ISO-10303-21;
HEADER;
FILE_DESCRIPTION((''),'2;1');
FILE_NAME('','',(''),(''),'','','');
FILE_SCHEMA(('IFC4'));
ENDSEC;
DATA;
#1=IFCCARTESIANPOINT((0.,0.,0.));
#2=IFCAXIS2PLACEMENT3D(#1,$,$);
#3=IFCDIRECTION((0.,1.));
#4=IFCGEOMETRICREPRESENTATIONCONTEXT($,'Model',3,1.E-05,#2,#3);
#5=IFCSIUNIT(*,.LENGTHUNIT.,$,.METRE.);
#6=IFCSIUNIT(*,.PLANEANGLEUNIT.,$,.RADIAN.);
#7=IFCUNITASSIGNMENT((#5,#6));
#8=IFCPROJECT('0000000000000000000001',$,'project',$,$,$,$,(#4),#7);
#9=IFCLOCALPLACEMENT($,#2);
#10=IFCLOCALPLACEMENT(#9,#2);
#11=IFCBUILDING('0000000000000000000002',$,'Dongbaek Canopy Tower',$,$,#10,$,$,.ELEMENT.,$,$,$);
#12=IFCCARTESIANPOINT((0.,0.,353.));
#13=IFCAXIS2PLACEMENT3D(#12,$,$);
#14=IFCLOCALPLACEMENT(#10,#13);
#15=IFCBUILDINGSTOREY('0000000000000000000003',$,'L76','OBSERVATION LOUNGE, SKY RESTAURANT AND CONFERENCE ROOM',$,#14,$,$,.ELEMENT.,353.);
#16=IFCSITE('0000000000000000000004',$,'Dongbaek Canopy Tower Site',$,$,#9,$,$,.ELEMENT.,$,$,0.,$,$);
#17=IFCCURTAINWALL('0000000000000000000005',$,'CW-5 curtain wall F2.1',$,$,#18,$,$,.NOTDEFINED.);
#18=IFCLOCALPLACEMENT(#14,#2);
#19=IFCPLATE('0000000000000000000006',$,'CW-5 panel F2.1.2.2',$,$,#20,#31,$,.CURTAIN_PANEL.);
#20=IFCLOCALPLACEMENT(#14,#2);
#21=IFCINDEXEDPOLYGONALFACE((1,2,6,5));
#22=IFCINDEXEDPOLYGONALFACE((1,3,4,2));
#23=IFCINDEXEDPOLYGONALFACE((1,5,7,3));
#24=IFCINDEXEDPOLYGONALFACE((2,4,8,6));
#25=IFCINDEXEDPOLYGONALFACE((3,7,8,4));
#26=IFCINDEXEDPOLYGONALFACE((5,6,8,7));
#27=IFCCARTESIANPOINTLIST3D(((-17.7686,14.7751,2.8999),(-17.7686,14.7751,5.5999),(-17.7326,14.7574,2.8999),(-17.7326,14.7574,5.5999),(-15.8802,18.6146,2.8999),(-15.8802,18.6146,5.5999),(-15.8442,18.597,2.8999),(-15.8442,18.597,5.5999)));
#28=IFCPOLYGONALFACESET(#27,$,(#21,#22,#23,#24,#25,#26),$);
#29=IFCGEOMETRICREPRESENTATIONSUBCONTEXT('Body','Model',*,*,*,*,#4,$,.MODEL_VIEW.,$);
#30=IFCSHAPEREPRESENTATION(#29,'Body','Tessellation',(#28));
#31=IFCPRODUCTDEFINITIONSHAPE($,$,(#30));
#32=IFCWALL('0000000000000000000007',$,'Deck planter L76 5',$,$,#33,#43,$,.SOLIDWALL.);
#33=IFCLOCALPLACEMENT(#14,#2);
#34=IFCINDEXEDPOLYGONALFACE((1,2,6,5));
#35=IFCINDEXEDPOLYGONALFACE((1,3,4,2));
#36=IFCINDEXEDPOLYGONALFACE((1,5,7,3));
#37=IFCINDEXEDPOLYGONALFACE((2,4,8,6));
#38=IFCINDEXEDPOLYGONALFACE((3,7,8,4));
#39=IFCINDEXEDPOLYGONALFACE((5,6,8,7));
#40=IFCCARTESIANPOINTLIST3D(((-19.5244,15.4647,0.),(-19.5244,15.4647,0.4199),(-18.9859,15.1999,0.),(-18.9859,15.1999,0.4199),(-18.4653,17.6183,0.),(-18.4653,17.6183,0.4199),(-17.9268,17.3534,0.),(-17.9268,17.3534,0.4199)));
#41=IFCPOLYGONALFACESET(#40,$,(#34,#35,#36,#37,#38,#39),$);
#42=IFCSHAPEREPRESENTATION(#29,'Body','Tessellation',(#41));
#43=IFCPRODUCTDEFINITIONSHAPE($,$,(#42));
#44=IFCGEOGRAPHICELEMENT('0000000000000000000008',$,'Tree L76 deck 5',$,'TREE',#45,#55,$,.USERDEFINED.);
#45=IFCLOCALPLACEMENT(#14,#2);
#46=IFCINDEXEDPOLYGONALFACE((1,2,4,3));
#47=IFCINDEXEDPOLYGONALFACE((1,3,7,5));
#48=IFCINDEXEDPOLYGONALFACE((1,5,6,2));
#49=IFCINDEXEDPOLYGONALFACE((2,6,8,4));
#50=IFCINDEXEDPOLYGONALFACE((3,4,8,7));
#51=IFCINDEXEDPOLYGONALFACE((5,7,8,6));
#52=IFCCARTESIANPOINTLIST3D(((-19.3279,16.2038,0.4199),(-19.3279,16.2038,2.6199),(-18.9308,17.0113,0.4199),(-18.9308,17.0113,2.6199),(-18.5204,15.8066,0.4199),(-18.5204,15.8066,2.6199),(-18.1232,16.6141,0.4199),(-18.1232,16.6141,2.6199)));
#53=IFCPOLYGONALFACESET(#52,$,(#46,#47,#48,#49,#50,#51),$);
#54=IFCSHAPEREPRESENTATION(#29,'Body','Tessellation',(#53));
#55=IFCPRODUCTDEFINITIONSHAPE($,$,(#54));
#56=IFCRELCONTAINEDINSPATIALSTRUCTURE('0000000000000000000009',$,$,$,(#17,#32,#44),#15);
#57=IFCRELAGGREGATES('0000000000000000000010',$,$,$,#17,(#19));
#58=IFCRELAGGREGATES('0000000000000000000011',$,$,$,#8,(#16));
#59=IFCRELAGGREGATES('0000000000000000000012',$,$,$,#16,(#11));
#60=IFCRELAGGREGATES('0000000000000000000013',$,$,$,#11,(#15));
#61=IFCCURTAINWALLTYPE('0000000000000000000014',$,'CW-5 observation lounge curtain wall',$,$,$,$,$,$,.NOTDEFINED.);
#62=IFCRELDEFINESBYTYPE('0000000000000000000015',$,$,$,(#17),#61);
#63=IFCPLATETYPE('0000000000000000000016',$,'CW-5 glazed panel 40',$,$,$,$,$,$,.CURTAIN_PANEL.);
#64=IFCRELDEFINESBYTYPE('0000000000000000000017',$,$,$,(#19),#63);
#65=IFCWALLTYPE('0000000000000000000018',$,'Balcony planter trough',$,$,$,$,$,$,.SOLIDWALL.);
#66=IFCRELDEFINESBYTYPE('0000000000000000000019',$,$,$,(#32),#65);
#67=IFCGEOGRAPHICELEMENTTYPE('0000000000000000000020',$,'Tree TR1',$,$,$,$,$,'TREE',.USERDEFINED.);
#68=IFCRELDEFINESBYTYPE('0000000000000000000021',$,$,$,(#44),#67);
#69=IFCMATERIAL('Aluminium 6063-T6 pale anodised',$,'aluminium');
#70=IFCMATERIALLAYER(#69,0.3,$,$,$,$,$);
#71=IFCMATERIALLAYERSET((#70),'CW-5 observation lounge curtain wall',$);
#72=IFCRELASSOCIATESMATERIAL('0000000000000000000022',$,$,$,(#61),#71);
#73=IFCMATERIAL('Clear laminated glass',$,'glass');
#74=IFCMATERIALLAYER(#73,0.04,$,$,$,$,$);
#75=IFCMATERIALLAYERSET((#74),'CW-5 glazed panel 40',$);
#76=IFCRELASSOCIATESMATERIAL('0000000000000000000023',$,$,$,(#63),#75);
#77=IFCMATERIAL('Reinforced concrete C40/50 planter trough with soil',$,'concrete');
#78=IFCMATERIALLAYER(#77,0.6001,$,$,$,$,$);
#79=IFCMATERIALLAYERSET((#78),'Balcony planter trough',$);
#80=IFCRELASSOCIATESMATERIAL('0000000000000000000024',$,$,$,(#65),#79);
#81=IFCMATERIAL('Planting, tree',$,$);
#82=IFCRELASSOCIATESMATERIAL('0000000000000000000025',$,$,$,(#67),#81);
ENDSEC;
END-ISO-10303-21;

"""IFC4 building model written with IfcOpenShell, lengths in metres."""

from ifc_helpers import new_model, si_unit, direction, frame, frame_2d, origin, origin_2d, place, context, subcontext, project, spatial, rectangle, extrude, material, layer, layer_set, type_object, element, aggregate, save


model = new_model("IFC4")

# Units and contexts
model_context = context("Model", 3, precision=1e-05, world=origin(), true_north=direction((0.0, 1.0)))
body_context = subcontext(model_context, "Body", "Model", "MODEL_VIEW")
ifc_project = project(units=[si_unit("LENGTHUNIT", "METRE"), si_unit("PLANEANGLEUNIT", "RADIAN")], contexts=[model_context])

# Site, building, storey
site_placement = place(None, origin())
site = spatial("IfcSite", under=ifc_project, at=site_placement, Name="Dongbaek Canopy Tower Site", CompositionType="ELEMENT", RefElevation=0.0)
building_placement = place(site_placement, origin())
building = spatial("IfcBuilding", under=site, at=building_placement, Name="Dongbaek Canopy Tower", CompositionType="ELEMENT")
storey_placement = place(building_placement, frame((0.0, 0.0, 353.0)))
storey = spatial("IfcBuildingStorey", under=building, at=storey_placement, Name="L76", Description="OBSERVATION LOUNGE, SKY RESTAURANT AND CONFERENCE ROOM", CompositionType="ELEMENT", Elevation=353.0)

# Curtain wall
ifc_material_1 = material(Name="Aluminium 6063-T6 pale anodised", Category="aluminium")
ifc_layer_1 = layer(ifc_material_1, 0.3)
ifc_layer_set_1 = layer_set([ifc_layer_1], Name="CW-5 observation lounge curtain wall")
curtain_wall_type = type_object("IfcCurtainWallType", Name="CW-5 observation lounge curtain wall", PredefinedType="NOTDEFINED", material=ifc_layer_set_1)
curtain_wall_1_placement = place(storey_placement, origin())
curtain_wall_1 = element("IfcCurtainWall", 1, at=curtain_wall_1_placement, inside=storey, type_object=curtain_wall_type, Name="CW-5 curtain wall F2.1", PredefinedType="NOTDEFINED")

# Plate
ifc_material_2 = material(Name="Clear laminated glass", Category="glass")
ifc_layer_2 = layer(ifc_material_2, 0.04)
ifc_layer_set_2 = layer_set([ifc_layer_2], Name="CW-5 glazed panel 40")
plate_type = type_object("IfcPlateType", Name="CW-5 glazed panel 40", PredefinedType="CURTAIN_PANEL", material=ifc_layer_set_2)
plate_1_placement = place(storey_placement, frame((-16.8064, 16.686, 2.8999), z_axis=(0.0, 0.0, 1.0), x_axis=(-0.441342, -0.897339, 0.0)))
plate_1 = element("IfcPlate", 2, at=plate_1_placement, type_object=plate_type, Name="CW-5 panel F2.1.2.2", PredefinedType="CURTAIN_PANEL", context=body_context, shape_type="SweptSolid", body=[
    extrude(rectangle(XDim=4.2788, YDim=0.04, at=origin_2d()), origin(), (0.0, 0.0, 1.0), 2.7),
])
aggregate(curtain_wall_1, [plate_1])

# Wall
ifc_material_3 = material(Name="Reinforced concrete C40/50 planter trough with soil", Category="concrete")
ifc_layer_3 = layer(ifc_material_3, 0.6001)
ifc_layer_set_3 = layer_set([ifc_layer_3], Name="Balcony planter trough")
wall_type = type_object("IfcWallType", Name="Balcony planter trough", PredefinedType="SOLIDWALL", material=ifc_layer_set_3)
wall_placement = place(storey_placement, frame((-18.196, 17.4858, 0.0), z_axis=(0.0, 0.0, 1.0), x_axis=(-0.441304, -0.897358, 0.0)))
element("IfcWall", 3, at=wall_placement, inside=storey, type_object=wall_type, Name="Deck planter L76 5", PredefinedType="SOLIDWALL", context=body_context, shape_type="SweptSolid", body=[
    extrude(rectangle(XDim=2.3999, YDim=0.6001, at=frame_2d((1.2, 0.0))), origin(), (0.0, 0.0, 1.0), 0.4199),
])

# Geographic element
ifc_material_4 = material(Name="Planting, tree")
geographic_element_type = type_object("IfcGeographicElementType", Name="Tree TR1", ElementType="TREE", PredefinedType="USERDEFINED", material=ifc_material_4)
geographic_element_placement = place(storey_placement, frame((-18.7256, 16.4089, 0.4199), z_axis=(0.0, 0.0, 1.0), x_axis=(-0.441342, -0.897339, 0.0)))
element("IfcGeographicElement", 4, at=geographic_element_placement, inside=storey, type_object=geographic_element_type, Name="Tree L76 deck 5", ObjectType="TREE", PredefinedType="USERDEFINED", context=body_context, shape_type="SweptSolid", body=[
    extrude(rectangle(XDim=0.8999, YDim=0.8999, at=origin_2d()), origin(), (0.0, 0.0, 1.0), 2.2),
])

save(model, "model.ifc")
